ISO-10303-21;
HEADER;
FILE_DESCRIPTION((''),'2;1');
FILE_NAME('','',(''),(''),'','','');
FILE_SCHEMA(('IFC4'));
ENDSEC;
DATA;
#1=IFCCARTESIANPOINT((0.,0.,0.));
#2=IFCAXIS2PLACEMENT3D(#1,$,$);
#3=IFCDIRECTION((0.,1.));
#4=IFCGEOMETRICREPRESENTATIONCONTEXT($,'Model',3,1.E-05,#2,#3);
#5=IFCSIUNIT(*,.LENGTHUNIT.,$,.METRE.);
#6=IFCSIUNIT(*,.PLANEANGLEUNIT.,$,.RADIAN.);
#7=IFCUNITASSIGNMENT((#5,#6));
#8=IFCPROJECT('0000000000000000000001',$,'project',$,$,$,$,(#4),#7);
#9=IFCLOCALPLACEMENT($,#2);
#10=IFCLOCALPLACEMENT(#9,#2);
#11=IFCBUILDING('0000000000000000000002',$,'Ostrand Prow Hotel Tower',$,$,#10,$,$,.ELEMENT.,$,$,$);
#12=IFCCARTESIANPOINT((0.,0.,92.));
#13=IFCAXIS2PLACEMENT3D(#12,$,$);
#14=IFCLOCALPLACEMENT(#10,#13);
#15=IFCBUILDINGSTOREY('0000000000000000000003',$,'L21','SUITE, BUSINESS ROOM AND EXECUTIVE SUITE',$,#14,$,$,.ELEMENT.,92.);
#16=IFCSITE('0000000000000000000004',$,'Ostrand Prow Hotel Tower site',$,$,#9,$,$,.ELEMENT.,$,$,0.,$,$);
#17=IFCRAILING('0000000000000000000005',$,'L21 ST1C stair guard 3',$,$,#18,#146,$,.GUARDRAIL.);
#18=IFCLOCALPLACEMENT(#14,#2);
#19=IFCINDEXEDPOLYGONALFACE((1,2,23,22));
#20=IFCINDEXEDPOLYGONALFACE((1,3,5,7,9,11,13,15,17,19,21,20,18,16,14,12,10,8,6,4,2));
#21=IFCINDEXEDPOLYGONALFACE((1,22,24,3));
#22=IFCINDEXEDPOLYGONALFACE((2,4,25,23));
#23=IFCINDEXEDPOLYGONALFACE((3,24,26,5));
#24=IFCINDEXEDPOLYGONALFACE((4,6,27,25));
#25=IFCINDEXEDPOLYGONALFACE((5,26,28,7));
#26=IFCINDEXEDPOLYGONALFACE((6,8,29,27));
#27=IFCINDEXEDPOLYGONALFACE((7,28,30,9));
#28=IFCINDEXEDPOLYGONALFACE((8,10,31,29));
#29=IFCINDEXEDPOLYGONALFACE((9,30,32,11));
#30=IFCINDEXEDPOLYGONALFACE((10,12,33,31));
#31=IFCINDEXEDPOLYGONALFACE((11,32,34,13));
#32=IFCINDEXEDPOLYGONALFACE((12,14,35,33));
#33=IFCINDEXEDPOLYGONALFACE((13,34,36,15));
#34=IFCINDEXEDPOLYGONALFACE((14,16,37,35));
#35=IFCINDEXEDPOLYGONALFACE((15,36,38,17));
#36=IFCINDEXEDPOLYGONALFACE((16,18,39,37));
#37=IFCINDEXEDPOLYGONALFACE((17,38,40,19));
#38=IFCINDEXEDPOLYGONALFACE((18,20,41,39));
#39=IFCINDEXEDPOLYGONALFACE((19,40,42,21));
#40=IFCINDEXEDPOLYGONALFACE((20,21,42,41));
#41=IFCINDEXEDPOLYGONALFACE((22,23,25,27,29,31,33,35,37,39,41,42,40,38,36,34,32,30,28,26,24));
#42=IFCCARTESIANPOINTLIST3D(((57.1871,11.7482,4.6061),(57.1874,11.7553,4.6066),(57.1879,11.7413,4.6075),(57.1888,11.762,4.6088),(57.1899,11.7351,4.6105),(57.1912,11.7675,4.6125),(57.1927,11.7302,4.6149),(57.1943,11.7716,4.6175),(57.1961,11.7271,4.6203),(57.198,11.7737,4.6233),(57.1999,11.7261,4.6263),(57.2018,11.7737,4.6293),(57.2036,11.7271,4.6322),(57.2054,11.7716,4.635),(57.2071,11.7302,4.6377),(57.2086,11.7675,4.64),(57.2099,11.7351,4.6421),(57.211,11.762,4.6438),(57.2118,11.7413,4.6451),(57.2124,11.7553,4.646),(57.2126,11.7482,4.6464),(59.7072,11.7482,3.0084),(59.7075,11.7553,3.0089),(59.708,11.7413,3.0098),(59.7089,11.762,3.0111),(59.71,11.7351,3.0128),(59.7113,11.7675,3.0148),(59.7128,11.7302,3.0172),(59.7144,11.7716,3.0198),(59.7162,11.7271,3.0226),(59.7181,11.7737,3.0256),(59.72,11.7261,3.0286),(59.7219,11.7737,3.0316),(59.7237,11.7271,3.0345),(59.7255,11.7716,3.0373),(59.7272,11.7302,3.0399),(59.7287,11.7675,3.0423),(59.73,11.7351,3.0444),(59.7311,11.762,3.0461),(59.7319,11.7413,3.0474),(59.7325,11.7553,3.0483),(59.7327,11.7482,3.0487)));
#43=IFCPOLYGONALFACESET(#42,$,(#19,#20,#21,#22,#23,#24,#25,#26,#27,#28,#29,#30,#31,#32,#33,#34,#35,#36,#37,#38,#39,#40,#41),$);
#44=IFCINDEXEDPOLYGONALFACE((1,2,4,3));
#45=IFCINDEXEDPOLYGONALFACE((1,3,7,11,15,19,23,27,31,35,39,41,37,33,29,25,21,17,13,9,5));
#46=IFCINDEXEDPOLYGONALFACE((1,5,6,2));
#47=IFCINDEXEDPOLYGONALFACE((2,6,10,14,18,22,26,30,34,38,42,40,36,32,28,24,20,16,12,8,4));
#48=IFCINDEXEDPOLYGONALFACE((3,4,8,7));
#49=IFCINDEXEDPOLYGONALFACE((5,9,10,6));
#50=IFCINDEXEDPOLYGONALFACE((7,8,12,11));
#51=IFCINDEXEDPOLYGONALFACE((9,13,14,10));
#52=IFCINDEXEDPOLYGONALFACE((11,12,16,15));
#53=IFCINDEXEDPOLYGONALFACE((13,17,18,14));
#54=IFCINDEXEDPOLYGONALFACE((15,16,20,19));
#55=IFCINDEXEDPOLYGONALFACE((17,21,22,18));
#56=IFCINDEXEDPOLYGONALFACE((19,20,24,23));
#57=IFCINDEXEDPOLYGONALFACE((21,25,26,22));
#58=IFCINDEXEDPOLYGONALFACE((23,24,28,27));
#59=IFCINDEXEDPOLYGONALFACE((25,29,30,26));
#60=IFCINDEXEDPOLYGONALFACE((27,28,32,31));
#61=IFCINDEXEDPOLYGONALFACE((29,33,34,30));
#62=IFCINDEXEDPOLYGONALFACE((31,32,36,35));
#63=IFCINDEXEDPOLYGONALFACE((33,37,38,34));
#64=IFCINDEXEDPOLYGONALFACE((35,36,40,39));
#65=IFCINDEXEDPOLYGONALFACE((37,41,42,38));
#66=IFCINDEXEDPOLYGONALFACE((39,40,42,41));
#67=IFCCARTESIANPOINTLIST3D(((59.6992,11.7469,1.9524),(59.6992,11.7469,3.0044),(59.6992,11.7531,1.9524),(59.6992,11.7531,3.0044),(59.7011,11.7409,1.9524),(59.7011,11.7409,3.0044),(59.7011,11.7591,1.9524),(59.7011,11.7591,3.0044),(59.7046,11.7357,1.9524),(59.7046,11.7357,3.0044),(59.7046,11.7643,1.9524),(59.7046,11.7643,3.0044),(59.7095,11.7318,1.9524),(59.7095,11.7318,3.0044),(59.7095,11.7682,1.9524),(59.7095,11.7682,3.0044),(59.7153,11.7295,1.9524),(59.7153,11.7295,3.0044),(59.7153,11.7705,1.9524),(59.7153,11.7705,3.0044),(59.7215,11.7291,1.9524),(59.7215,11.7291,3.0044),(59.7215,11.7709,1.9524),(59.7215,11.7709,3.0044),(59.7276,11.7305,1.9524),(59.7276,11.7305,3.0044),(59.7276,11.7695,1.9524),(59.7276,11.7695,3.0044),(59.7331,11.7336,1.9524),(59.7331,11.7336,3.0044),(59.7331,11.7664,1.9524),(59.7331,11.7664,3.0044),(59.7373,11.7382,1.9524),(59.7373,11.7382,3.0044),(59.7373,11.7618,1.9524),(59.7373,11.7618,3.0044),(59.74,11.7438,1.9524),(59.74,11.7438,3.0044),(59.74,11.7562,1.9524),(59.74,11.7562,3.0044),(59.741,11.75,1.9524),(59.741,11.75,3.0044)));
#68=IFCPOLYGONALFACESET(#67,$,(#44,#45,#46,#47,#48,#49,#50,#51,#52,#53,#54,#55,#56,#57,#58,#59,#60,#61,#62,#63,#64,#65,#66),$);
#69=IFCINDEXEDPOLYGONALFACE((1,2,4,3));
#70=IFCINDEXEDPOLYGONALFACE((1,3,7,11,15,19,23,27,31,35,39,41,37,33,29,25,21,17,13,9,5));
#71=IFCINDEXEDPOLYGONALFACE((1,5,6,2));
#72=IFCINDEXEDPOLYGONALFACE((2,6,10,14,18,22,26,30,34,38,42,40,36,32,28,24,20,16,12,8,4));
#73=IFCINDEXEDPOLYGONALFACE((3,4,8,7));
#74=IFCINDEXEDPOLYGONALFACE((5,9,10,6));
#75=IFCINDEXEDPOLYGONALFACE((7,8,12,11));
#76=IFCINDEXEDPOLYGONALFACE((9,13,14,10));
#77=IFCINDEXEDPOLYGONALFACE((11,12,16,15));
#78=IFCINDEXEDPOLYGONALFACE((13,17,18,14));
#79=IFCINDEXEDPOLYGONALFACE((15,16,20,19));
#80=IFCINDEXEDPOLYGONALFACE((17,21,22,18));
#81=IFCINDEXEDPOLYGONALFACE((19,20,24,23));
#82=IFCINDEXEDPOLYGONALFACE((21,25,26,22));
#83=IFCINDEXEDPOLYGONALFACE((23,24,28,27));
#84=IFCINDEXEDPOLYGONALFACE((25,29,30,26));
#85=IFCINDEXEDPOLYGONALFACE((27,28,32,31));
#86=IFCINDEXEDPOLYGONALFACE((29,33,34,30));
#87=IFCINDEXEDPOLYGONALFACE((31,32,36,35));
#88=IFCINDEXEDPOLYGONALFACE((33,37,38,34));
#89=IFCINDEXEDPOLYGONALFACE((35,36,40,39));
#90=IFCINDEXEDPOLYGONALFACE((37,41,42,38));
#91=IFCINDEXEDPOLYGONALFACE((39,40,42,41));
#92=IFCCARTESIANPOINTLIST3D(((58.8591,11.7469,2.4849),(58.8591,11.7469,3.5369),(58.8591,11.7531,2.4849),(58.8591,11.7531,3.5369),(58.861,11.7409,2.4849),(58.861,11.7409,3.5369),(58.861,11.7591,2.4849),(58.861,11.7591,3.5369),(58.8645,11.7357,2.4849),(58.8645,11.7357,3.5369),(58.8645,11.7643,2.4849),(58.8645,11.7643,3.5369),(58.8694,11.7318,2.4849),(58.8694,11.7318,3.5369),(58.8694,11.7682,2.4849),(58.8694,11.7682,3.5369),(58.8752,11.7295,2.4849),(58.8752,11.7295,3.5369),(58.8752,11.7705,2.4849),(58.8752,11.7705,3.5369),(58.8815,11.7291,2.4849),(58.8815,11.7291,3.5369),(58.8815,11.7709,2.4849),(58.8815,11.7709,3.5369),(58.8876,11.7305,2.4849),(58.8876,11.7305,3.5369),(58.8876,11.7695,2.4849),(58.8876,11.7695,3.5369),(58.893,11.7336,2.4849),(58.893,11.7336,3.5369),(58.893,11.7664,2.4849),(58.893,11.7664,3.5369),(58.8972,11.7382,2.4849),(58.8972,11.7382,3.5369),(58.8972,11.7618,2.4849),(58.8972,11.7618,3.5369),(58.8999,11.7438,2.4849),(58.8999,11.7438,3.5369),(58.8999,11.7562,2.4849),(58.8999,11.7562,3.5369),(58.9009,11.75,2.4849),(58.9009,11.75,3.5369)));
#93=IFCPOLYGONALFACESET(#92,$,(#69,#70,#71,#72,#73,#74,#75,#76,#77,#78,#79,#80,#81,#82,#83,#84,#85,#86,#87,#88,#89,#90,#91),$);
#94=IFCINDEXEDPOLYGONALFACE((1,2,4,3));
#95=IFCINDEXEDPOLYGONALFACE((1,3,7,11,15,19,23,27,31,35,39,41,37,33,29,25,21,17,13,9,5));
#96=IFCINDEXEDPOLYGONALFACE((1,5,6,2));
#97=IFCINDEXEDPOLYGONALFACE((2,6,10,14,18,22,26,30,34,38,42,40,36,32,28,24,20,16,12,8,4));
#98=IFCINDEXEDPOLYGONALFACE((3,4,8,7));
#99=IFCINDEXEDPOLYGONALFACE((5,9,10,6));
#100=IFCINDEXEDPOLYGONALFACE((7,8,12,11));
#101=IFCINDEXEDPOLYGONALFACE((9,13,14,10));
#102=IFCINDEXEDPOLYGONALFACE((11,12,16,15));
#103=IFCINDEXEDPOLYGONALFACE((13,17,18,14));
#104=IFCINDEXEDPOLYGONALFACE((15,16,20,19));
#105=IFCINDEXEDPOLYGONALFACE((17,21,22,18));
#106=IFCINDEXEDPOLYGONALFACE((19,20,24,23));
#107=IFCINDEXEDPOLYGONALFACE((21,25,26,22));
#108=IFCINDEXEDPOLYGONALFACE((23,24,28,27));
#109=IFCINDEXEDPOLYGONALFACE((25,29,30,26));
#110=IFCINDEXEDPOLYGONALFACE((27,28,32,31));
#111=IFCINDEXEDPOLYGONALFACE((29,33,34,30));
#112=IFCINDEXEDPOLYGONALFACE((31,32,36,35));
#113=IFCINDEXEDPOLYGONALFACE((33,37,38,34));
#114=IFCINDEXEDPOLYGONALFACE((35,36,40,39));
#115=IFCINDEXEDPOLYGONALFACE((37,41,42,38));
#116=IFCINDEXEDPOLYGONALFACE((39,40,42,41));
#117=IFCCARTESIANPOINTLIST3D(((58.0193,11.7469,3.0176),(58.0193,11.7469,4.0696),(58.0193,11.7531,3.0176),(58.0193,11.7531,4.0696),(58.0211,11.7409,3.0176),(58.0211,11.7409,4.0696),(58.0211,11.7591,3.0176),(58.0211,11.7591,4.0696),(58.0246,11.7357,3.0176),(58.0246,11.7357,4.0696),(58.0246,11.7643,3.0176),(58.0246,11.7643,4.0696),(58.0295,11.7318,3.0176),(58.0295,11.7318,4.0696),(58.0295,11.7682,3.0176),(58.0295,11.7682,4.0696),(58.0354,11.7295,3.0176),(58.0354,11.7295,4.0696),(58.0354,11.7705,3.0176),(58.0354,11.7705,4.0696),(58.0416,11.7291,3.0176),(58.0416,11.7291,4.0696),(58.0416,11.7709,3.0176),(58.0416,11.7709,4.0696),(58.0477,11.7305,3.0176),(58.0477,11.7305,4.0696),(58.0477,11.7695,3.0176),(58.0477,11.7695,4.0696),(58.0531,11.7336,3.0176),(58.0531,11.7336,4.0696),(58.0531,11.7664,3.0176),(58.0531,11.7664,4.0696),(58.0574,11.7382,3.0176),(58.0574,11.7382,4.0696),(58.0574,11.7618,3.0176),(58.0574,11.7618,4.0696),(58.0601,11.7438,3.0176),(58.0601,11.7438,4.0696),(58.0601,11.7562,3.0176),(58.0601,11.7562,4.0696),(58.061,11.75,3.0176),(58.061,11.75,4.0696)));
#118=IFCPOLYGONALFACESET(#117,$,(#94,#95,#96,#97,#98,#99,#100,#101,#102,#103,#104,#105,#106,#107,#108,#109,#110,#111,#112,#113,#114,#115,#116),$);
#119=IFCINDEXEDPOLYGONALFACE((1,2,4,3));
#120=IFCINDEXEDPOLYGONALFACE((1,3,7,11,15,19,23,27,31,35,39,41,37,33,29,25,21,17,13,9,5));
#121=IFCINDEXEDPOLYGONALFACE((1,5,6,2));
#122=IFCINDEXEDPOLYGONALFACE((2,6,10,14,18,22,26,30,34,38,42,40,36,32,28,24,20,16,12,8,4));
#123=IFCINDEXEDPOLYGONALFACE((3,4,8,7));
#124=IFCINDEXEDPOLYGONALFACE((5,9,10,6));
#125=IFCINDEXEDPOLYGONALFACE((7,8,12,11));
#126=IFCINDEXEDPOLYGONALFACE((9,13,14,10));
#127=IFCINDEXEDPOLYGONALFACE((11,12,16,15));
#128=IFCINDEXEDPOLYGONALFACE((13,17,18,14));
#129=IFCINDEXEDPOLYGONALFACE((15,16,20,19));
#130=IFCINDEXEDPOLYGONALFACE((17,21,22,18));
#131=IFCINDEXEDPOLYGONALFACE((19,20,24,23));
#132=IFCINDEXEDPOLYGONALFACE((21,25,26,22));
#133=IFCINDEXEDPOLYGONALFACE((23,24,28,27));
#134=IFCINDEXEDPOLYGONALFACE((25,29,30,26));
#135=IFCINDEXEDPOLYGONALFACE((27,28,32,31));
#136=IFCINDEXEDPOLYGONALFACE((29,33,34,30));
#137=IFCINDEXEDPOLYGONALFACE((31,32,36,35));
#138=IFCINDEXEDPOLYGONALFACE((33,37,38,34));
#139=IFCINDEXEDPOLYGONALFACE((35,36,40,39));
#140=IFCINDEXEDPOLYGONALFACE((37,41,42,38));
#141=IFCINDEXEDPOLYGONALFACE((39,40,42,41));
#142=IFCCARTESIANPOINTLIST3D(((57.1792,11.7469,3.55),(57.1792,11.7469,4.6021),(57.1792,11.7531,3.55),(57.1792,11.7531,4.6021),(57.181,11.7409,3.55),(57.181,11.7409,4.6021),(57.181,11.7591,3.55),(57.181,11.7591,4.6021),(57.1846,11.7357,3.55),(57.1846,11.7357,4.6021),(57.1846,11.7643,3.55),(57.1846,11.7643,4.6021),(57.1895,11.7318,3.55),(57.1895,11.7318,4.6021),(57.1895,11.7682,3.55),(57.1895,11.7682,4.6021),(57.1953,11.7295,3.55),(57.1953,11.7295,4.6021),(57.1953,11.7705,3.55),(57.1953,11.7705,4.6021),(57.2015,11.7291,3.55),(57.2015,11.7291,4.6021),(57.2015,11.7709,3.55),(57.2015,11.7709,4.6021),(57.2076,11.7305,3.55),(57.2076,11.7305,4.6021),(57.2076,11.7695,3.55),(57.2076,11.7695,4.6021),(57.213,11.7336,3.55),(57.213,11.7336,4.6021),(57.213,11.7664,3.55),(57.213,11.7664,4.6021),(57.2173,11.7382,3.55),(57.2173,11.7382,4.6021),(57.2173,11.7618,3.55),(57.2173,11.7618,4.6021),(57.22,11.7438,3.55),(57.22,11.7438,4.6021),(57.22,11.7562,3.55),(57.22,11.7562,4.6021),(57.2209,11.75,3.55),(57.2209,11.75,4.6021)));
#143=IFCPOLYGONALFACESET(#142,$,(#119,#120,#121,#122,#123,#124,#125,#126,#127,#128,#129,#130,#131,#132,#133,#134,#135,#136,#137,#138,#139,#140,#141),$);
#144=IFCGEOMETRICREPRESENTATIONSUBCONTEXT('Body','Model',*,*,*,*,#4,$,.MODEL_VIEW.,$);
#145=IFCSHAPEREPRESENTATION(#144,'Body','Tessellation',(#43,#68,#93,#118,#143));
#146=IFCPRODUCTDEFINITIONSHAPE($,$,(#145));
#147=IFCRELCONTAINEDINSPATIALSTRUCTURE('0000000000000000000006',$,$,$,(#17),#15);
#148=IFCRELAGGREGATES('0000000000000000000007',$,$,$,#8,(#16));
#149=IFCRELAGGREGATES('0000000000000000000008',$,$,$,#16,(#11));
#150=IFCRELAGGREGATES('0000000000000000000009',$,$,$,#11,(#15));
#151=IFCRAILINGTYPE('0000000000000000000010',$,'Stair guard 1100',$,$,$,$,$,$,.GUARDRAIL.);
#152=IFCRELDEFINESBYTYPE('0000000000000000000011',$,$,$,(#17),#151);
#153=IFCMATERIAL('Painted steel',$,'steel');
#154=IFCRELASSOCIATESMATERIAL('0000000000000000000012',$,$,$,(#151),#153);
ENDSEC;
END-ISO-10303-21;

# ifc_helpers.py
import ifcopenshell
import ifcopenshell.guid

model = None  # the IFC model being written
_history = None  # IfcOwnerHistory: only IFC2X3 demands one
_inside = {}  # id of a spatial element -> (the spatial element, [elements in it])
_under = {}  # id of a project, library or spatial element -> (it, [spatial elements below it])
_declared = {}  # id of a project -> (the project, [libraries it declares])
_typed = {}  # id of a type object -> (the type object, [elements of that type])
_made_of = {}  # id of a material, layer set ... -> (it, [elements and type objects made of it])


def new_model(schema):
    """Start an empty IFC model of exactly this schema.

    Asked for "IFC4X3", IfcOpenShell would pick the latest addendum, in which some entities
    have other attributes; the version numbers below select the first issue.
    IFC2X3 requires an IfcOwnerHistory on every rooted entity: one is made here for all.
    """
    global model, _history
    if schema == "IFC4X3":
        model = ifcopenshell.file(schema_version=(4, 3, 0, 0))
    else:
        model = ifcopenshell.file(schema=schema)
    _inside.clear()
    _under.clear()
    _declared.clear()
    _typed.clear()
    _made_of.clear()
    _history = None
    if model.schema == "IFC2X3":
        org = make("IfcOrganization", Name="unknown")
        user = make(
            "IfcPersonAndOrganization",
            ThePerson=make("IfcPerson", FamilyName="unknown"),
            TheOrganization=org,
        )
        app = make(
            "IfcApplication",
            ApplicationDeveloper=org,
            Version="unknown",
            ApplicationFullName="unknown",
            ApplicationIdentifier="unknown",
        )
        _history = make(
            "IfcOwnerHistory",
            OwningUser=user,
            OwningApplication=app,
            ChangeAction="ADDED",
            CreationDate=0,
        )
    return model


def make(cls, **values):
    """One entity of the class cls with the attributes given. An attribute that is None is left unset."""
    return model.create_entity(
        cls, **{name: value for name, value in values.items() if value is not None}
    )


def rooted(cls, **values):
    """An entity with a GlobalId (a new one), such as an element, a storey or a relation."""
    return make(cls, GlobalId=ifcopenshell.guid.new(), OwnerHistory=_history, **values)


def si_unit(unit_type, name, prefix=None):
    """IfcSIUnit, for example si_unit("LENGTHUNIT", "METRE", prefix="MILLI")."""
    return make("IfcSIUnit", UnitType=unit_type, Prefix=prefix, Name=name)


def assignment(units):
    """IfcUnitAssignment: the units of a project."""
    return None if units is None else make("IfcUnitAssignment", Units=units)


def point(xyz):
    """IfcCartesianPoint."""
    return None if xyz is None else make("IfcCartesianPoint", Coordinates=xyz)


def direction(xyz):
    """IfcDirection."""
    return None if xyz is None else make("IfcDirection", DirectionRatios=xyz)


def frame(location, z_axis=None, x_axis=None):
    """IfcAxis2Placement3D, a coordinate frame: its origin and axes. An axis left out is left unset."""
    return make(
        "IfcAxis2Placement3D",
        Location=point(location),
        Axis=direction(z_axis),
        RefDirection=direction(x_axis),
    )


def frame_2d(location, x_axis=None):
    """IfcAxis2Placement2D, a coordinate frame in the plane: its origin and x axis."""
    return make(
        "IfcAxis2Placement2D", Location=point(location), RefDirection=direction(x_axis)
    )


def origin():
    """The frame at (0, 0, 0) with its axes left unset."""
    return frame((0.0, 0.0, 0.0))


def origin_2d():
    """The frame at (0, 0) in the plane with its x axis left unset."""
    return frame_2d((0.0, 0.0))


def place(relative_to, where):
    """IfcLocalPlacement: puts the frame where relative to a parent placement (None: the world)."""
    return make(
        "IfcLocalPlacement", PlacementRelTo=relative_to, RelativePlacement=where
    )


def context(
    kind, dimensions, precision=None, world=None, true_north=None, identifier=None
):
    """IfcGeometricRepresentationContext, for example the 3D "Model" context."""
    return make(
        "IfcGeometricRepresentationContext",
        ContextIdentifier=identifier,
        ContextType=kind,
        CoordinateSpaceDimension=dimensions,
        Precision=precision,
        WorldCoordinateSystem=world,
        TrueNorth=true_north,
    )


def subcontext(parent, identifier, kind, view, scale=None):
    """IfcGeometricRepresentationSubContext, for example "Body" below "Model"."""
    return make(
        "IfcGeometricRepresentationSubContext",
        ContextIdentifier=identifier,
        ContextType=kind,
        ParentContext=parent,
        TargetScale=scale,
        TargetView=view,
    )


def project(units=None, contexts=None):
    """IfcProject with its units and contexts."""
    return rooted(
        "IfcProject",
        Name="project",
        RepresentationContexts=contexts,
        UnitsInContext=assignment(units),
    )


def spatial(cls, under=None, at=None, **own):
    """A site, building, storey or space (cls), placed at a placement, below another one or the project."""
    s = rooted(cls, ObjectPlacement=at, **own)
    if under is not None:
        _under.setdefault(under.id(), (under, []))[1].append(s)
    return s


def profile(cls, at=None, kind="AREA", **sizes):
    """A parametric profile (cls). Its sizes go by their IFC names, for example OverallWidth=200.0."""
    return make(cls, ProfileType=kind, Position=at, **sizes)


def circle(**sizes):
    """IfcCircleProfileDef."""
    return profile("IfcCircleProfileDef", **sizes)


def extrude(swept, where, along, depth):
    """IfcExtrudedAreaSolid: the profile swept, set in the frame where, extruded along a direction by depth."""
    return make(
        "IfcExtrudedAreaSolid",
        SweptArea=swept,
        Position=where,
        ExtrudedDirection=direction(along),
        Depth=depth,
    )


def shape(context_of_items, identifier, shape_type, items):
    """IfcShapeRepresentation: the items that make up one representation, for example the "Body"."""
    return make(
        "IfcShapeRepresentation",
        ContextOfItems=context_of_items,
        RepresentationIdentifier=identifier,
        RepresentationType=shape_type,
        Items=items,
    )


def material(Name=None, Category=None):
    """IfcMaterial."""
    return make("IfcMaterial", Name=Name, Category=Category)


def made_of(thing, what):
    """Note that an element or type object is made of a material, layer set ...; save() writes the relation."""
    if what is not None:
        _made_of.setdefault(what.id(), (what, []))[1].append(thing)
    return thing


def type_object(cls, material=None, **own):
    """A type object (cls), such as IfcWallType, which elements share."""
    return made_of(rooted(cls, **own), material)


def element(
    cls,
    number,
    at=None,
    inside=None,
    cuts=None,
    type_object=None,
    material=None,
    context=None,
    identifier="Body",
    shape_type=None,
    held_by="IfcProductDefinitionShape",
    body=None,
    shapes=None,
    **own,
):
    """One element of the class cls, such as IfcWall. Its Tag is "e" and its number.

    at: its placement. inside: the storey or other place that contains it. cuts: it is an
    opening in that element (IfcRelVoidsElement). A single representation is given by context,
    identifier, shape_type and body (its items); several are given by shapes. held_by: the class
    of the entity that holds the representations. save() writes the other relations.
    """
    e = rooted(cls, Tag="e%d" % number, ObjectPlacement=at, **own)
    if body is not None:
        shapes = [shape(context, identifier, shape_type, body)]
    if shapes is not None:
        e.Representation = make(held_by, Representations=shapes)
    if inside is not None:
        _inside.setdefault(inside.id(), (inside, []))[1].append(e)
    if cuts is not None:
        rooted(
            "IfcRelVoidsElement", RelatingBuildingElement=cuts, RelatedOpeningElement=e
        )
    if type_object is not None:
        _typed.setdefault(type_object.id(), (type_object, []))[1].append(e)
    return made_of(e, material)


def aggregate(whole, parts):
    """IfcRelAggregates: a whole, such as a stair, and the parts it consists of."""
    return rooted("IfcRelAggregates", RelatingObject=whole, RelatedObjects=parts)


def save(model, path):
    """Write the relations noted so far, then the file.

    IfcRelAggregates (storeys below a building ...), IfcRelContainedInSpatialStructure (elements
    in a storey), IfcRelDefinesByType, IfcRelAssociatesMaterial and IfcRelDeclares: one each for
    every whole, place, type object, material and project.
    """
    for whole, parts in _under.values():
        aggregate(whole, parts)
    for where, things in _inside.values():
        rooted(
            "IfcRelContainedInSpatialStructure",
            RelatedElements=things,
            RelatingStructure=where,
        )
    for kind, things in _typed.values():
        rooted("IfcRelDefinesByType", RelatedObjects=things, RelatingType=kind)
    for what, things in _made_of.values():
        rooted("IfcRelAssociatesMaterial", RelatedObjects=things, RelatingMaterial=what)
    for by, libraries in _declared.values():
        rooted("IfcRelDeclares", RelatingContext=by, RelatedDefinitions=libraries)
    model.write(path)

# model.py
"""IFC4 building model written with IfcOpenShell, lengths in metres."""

from ifc_helpers import new_model, si_unit, direction, frame, origin, origin_2d, place, context, subcontext, project, spatial, circle, extrude, material, type_object, element, save


model = new_model("IFC4")

# Units and contexts
model_context = context("Model", 3, precision=1e-05, world=origin(), true_north=direction((0.0, 1.0)))
body_context = subcontext(model_context, "Body", "Model", "MODEL_VIEW")
ifc_project = project(units=[si_unit("LENGTHUNIT", "METRE"), si_unit("PLANEANGLEUNIT", "RADIAN")], contexts=[model_context])

# Site, building, storey
site_placement = place(None, origin())
site = spatial("IfcSite", under=ifc_project, at=site_placement, Name="Ostrand Prow Hotel Tower site", CompositionType="ELEMENT", RefElevation=0.0)
building_placement = place(site_placement, origin())
building = spatial("IfcBuilding", under=site, at=building_placement, Name="Ostrand Prow Hotel Tower", CompositionType="ELEMENT")
storey_placement = place(building_placement, frame((0.0, 0.0, 92.0)))
storey = spatial("IfcBuildingStorey", under=building, at=storey_placement, Name="L21", Description="SUITE, BUSINESS ROOM AND EXECUTIVE SUITE", CompositionType="ELEMENT", Elevation=92.0)

# Railing
ifc_material_1 = material(Name="Painted steel", Category="steel")
railing_type_1 = type_object("IfcRailingType", Name="Stair guard 1100", PredefinedType="GUARDRAIL", material=ifc_material_1)
railing_1_placement = place(storey_placement, frame((59.72, 11.75, 1.9524)))
element("IfcRailing", 1, at=railing_1_placement, inside=storey, type_object=railing_type_1, Name="L21 ST1C stair guard 3", PredefinedType="GUARDRAIL", context=body_context, shape_type="SweptSolid", body=[
    extrude(circle(Radius=0.0239, at=origin_2d()), frame((0.0, 0.0, 1.0762), z_axis=(-0.84457, 0.0, 0.535445), x_axis=(0.0, -1.0, 0.0)), (0.0, 0.0, 1.0), 2.9839),
    extrude(circle(Radius=0.021, at=origin_2d()), origin(), (0.0, 0.0, 1.0), 1.052),
    extrude(circle(Radius=0.021, at=origin_2d()), frame((-0.8401, 0.0, 0.5325)), (0.0, 0.0, 1.0), 1.052),
    extrude(circle(Radius=0.021, at=origin_2d()), frame((-1.6799, 0.0, 1.0652)), (0.0, 0.0, 1.0), 1.052),
    extrude(circle(Radius=0.021, at=origin_2d()), frame((-2.52, 0.0, 1.5977)), (0.0, 0.0, 1.0), 1.052),
])

save(model, "model.ifc")
